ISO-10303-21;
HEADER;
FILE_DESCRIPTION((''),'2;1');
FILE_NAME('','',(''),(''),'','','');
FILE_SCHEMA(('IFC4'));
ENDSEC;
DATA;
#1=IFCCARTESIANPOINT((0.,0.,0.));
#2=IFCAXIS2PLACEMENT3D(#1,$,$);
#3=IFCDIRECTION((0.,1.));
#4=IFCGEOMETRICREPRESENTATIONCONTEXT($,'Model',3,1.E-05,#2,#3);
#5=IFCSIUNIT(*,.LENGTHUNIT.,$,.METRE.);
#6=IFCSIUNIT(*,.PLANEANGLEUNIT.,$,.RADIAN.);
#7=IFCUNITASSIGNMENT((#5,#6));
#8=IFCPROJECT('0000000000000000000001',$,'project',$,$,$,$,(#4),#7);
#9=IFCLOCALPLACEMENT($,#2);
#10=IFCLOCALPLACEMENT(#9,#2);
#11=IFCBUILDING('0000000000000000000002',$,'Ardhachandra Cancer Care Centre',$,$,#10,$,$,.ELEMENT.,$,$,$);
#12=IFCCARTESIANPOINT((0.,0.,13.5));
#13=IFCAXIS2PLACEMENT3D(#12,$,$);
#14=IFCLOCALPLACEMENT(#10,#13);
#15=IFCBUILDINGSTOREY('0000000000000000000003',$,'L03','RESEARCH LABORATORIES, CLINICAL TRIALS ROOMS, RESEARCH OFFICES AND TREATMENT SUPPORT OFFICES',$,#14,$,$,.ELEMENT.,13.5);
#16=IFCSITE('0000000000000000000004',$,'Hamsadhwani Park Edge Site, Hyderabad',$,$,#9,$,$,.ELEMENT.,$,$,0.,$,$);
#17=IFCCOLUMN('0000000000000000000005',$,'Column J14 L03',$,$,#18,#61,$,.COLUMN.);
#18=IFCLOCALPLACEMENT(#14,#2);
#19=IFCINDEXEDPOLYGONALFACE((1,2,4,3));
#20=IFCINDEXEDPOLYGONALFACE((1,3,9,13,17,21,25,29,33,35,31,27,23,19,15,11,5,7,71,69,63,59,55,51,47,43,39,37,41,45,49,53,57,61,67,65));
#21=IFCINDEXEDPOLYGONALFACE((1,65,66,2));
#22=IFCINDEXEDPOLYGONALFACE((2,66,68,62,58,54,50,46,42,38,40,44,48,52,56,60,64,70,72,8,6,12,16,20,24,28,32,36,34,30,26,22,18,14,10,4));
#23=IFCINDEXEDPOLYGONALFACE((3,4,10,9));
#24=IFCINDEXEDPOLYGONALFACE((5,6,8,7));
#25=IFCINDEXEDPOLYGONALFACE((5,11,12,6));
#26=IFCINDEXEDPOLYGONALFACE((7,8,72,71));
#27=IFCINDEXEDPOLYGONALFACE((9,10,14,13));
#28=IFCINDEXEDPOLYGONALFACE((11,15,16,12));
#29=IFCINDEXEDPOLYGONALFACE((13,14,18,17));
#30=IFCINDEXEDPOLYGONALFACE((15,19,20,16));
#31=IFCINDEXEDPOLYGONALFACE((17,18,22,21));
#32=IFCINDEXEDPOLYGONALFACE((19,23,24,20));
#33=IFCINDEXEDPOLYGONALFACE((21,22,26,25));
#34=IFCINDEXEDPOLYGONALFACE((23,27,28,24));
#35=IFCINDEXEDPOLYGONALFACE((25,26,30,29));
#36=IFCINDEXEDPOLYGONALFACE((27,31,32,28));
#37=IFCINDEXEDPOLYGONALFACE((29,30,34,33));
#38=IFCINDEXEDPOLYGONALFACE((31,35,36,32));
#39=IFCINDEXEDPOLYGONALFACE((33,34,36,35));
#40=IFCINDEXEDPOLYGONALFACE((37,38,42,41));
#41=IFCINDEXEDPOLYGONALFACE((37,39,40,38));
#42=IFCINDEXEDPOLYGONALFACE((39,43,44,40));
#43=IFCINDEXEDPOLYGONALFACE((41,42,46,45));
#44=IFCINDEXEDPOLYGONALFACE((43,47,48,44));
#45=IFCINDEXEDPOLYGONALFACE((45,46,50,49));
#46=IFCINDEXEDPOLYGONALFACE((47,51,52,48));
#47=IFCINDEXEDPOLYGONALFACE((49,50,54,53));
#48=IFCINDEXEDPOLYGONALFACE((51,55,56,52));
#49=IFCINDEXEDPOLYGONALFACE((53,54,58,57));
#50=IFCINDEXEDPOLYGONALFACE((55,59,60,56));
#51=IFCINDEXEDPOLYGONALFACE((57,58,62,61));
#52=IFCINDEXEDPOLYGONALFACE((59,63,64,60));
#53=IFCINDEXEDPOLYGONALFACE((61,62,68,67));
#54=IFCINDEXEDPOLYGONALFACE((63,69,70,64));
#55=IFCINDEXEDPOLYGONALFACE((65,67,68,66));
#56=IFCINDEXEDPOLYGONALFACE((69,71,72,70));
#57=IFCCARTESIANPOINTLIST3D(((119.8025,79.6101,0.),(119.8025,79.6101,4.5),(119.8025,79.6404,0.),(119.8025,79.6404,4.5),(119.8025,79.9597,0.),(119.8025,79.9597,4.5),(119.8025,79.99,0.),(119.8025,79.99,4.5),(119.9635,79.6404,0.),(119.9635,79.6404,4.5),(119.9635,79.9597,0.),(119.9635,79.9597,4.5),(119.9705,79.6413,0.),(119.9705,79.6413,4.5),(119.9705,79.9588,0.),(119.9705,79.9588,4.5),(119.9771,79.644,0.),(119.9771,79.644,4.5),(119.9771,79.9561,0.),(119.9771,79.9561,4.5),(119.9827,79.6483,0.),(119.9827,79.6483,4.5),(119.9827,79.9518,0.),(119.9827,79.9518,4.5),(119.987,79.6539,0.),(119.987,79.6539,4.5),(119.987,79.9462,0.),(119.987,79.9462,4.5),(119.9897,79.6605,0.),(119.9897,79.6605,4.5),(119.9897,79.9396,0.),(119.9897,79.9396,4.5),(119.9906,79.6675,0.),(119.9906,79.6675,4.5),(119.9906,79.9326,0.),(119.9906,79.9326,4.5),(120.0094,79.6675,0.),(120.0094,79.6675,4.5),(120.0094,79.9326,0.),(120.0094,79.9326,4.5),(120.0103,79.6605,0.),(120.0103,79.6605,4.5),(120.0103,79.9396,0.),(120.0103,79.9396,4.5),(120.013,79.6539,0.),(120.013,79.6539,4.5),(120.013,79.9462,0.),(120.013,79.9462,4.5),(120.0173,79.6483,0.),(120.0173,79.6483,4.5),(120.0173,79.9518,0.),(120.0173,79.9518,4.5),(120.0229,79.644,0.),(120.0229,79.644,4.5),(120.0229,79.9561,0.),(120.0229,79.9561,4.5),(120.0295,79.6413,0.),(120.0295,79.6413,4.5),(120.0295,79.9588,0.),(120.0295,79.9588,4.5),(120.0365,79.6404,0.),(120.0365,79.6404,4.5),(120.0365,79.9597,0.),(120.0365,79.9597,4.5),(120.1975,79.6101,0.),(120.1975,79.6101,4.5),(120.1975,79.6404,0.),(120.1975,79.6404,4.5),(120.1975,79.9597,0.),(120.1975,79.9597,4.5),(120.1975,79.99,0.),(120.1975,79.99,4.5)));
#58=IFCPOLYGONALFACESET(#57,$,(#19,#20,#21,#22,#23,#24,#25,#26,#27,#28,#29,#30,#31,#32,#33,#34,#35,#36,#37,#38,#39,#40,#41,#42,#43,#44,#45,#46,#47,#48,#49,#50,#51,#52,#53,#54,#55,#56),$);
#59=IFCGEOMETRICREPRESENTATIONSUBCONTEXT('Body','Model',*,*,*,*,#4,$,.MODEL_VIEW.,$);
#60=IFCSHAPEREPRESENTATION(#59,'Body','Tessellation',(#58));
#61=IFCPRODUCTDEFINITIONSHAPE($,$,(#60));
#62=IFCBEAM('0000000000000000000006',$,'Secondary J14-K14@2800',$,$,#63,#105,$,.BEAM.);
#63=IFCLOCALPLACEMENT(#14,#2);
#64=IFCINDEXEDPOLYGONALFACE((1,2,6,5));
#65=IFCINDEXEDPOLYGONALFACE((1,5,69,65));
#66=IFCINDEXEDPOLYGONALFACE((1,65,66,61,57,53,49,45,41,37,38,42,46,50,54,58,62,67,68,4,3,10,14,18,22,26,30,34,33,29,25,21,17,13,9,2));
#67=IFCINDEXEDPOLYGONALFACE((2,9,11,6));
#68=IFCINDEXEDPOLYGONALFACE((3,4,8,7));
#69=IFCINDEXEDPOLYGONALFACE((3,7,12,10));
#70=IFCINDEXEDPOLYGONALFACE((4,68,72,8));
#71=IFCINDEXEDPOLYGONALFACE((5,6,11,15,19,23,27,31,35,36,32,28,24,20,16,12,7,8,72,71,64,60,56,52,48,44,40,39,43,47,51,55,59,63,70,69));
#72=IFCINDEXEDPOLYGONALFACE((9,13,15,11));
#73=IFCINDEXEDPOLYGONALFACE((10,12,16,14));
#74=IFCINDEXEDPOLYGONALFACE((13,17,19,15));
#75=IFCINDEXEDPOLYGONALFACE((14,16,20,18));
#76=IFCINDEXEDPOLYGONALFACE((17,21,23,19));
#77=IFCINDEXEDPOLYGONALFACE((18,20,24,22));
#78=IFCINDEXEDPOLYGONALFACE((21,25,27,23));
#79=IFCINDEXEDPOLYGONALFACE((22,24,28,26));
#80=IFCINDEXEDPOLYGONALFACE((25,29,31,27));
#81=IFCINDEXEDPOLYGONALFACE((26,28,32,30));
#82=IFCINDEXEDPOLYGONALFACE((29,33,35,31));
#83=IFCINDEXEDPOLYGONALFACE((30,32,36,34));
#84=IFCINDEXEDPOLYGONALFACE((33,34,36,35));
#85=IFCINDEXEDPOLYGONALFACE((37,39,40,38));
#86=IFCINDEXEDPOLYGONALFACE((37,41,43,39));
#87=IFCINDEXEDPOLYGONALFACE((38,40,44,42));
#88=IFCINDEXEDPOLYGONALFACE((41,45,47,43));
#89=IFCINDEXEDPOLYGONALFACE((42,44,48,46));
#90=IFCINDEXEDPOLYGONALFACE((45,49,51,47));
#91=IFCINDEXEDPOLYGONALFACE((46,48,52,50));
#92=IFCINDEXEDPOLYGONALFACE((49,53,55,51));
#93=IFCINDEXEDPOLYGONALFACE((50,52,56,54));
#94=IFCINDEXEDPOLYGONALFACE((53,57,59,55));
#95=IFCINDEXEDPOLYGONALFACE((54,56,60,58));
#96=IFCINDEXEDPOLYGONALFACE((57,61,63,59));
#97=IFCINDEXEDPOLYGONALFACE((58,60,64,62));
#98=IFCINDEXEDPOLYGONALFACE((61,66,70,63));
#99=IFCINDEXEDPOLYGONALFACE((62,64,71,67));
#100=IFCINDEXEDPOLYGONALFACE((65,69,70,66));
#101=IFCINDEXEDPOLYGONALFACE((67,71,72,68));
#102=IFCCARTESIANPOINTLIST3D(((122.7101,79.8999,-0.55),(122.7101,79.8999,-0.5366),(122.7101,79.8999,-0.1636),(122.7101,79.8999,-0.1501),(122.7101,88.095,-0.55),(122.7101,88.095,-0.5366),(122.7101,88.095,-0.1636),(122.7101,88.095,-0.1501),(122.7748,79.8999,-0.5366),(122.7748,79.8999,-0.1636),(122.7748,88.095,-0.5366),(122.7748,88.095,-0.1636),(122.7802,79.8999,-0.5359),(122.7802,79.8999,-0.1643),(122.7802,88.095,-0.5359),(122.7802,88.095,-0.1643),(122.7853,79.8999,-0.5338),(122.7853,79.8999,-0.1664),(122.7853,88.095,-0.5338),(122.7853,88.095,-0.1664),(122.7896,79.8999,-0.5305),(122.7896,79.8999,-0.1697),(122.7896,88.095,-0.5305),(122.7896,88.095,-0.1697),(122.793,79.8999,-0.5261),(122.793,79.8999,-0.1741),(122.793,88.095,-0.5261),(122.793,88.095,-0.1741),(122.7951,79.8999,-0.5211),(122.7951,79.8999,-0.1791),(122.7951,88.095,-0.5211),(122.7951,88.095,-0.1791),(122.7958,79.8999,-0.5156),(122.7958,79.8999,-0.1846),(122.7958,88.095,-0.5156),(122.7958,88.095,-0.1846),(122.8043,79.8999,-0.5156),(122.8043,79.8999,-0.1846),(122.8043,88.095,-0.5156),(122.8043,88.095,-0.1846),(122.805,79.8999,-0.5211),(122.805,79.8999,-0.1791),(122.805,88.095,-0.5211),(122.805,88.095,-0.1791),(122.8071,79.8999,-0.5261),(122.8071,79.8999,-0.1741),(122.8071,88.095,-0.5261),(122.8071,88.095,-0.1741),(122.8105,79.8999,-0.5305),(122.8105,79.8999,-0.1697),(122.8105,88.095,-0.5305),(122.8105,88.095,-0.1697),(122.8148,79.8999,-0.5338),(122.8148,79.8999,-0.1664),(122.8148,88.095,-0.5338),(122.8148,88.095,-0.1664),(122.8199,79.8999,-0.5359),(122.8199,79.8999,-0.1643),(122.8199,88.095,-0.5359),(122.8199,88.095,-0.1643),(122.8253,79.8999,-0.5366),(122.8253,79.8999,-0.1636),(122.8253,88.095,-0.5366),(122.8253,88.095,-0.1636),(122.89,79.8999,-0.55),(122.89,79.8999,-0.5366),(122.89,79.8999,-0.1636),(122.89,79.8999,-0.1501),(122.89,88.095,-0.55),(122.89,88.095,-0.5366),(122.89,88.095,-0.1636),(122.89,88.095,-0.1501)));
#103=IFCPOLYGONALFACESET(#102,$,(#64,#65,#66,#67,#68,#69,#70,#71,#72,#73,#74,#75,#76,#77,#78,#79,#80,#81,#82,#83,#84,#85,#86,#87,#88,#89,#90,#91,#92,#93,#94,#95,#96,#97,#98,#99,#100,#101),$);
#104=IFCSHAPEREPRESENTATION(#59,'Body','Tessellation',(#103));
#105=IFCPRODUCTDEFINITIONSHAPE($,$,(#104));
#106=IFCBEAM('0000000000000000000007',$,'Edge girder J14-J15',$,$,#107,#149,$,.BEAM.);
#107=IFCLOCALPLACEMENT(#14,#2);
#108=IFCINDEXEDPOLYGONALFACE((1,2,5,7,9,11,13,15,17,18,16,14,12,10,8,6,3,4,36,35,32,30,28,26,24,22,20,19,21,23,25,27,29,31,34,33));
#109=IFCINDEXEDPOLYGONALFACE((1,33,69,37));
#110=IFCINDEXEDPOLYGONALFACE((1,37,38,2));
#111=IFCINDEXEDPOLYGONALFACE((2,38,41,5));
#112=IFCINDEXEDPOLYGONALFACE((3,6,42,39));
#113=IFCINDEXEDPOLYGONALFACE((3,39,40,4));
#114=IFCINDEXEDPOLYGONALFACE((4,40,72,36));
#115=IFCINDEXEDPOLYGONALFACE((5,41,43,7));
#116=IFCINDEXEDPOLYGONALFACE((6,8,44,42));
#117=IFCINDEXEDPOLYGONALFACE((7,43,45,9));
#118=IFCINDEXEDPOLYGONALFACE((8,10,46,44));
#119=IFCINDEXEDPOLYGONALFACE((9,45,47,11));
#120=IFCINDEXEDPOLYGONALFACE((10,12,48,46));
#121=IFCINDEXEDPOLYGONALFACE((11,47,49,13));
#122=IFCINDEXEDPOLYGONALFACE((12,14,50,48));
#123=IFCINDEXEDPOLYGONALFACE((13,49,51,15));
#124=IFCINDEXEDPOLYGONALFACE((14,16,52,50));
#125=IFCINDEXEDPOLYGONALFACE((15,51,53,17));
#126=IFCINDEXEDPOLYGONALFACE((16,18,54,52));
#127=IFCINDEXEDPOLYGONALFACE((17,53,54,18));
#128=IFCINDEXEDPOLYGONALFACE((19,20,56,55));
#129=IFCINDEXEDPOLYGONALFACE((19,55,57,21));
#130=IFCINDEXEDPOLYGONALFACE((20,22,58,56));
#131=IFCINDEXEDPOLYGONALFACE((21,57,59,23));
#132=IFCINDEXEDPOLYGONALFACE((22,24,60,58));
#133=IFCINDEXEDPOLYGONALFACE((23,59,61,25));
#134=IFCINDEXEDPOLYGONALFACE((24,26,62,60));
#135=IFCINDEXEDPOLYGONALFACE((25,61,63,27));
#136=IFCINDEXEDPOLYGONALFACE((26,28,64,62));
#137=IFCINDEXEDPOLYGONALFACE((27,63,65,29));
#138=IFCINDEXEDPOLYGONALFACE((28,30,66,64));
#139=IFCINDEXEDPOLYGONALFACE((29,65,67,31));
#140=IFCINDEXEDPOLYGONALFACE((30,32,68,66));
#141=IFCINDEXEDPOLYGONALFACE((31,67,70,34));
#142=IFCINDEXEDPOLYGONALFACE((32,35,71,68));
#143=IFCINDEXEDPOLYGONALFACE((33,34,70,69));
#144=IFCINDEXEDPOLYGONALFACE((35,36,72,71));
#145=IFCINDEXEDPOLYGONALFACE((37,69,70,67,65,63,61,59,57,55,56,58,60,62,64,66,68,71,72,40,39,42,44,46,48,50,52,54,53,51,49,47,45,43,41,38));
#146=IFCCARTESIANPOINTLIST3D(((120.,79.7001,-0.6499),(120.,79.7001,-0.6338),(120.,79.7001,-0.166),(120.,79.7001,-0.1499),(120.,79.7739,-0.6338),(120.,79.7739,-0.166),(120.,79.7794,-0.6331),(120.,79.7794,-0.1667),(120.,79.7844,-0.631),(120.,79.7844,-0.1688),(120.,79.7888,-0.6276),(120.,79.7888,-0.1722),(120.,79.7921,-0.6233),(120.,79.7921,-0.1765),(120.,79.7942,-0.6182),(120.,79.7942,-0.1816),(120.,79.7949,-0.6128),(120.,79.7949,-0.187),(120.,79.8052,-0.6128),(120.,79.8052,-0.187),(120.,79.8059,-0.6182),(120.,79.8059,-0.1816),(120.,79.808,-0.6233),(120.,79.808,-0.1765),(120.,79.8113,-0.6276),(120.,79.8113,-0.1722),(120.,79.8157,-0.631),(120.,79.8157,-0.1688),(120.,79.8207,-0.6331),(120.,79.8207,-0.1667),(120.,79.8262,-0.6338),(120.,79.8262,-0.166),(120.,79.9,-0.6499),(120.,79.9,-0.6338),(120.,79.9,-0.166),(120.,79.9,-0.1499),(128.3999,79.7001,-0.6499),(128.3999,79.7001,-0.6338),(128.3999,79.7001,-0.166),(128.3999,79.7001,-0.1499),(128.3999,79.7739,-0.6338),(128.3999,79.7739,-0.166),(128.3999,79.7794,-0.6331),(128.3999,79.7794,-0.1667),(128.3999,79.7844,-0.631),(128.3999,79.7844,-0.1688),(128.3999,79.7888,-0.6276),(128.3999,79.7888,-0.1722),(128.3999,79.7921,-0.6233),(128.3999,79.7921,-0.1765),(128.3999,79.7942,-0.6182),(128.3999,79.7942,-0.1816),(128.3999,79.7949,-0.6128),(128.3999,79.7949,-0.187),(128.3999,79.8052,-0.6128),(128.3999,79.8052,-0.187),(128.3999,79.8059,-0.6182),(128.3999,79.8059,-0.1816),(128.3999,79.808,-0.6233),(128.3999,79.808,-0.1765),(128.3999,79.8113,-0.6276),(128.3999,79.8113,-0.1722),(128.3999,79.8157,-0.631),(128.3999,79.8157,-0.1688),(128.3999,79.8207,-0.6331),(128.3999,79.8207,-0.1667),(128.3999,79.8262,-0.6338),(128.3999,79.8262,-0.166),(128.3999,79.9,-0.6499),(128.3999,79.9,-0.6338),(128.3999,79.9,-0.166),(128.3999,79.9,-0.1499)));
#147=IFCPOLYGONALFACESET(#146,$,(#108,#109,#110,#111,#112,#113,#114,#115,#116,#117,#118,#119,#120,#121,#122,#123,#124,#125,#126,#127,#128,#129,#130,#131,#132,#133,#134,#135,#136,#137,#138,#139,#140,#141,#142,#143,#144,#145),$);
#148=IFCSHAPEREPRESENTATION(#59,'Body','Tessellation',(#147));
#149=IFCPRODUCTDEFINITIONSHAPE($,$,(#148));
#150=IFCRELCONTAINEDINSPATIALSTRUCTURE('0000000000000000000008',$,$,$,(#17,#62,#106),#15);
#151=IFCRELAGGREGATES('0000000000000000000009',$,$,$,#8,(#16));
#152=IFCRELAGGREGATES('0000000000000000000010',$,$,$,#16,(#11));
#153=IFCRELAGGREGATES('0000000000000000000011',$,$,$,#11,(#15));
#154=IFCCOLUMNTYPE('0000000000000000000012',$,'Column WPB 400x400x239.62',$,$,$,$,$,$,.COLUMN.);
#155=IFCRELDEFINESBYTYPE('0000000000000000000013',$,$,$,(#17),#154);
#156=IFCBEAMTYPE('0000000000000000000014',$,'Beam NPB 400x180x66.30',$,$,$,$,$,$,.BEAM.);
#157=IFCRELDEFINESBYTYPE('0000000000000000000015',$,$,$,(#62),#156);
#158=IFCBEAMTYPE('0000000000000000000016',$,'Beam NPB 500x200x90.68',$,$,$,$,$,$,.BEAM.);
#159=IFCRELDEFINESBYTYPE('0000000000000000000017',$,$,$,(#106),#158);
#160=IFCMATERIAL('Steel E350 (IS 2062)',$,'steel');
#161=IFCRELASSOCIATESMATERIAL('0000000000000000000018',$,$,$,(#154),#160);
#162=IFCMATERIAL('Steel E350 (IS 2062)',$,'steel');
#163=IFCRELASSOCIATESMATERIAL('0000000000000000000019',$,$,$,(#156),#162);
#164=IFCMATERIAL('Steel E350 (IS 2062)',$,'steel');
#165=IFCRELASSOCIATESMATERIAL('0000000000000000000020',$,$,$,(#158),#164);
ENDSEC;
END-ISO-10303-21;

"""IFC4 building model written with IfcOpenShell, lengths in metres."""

from ifc_helpers import new_model, si_unit, direction, frame, origin, origin_2d, place, context, subcontext, project, spatial, i_section, extrude, material, material_profile, profile_set, type_object, element, save


model = new_model("IFC4")

# Units and contexts
model_context = context("Model", 3, precision=1e-05, world=origin(), true_north=direction((0.0, 1.0)))
body_context = subcontext(model_context, "Body", "Model", "MODEL_VIEW")
ifc_project = project(units=[si_unit("LENGTHUNIT", "METRE"), si_unit("PLANEANGLEUNIT", "RADIAN")], contexts=[model_context])

# Site, building, storey
site_placement = place(None, origin())
site = spatial("IfcSite", under=ifc_project, at=site_placement, Name="Hamsadhwani Park Edge Site, Hyderabad", CompositionType="ELEMENT", RefElevation=0.0)
building_placement = place(site_placement, origin())
building = spatial("IfcBuilding", under=site, at=building_placement, Name="Ardhachandra Cancer Care Centre", CompositionType="ELEMENT")
storey_placement = place(building_placement, frame((0.0, 0.0, 13.5)))
storey = spatial("IfcBuildingStorey", under=building, at=storey_placement, Name="L03", Description="RESEARCH LABORATORIES, CLINICAL TRIALS ROOMS, RESEARCH OFFICES AND TREATMENT SUPPORT OFFICES", CompositionType="ELEMENT", Elevation=13.5)

# Column
ifc_material_1 = material(Name="Steel E350 (IS 2062)", Category="steel")
ifc_material_profile_1 = material_profile(ifc_material_1, i_section(OverallWidth=0.395, OverallDepth=0.3799, WebThickness=0.0188, FlangeThickness=0.0303, FilletRadius=0.0271, at=origin_2d()), Name="WPB 400x400x239.62")
ifc_profile_set_1 = profile_set([ifc_material_profile_1], Name="Steel E350 (IS 2062)")
column_type = type_object("IfcColumnType", Name="Column WPB 400x400x239.62", PredefinedType="COLUMN", material=ifc_profile_set_1)
column_placement = place(storey_placement, frame((120.0, 79.8, 0.0), z_axis=(0.0, 0.0, 1.0), x_axis=(1.0, 0.0, 0.0)))
element("IfcColumn", 1, at=column_placement, inside=storey, type_object=column_type, Name="Column J14 L03", PredefinedType="COLUMN", context=body_context, shape_type="SweptSolid", body=[
    extrude(i_section(OverallWidth=0.395, OverallDepth=0.3799, WebThickness=0.0188, FlangeThickness=0.0303, FilletRadius=0.0271, at=origin_2d()), origin(), (0.0, 0.0, 1.0), 4.5),
])

# Beams
ifc_material_2 = material(Name="Steel E350 (IS 2062)", Category="steel")
ifc_material_profile_2 = material_profile(ifc_material_2, i_section(OverallWidth=0.1799, OverallDepth=0.3999, WebThickness=0.0085, FlangeThickness=0.0134, FilletRadius=0.021, at=origin_2d()), Name="NPB 400x180x66.30")
ifc_profile_set_2 = profile_set([ifc_material_profile_2], Name="Steel E350 (IS 2062)")
beam_type_1 = type_object("IfcBeamType", Name="Beam NPB 400x180x66.30", PredefinedType="BEAM", material=ifc_profile_set_2)
beam_1_placement = place(storey_placement, frame((122.8, 79.8999, -0.3501), z_axis=(0.0, 1.0, 0.0), x_axis=(-1.0, 0.0, 0.0)))
element("IfcBeam", 2, at=beam_1_placement, inside=storey, type_object=beam_type_1, Name="Secondary J14-K14@2800", PredefinedType="BEAM", context=body_context, shape_type="SweptSolid", body=[
    extrude(i_section(OverallWidth=0.1799, OverallDepth=0.3999, WebThickness=0.0085, FlangeThickness=0.0134, FilletRadius=0.021, at=origin_2d()), origin(), (0.0, 0.0, 1.0), 8.1951),
])
ifc_material_3 = material(Name="Steel E350 (IS 2062)", Category="steel")
ifc_material_profile_3 = material_profile(ifc_material_3, i_section(OverallWidth=0.2, OverallDepth=0.5, WebThickness=0.0103, FlangeThickness=0.0161, FilletRadius=0.021, at=origin_2d()), Name="NPB 500x200x90.68")
ifc_profile_set_3 = profile_set([ifc_material_profile_3], Name="Steel E350 (IS 2062)")
beam_type_2 = type_object("IfcBeamType", Name="Beam NPB 500x200x90.68", PredefinedType="BEAM", material=ifc_profile_set_3)
beam_2_placement = place(storey_placement, frame((120.0, 79.8, -0.3999), z_axis=(1.0, 0.0, 0.0), x_axis=(0.0, 1.0, 0.0)))
element("IfcBeam", 3, at=beam_2_placement, inside=storey, type_object=beam_type_2, Name="Edge girder J14-J15", PredefinedType="BEAM", context=body_context, shape_type="SweptSolid", body=[
    extrude(i_section(OverallWidth=0.2, OverallDepth=0.5, WebThickness=0.0103, FlangeThickness=0.0161, FilletRadius=0.021, at=origin_2d()), origin(), (0.0, 0.0, 1.0), 8.3999),
])

save(model, "model.ifc")
